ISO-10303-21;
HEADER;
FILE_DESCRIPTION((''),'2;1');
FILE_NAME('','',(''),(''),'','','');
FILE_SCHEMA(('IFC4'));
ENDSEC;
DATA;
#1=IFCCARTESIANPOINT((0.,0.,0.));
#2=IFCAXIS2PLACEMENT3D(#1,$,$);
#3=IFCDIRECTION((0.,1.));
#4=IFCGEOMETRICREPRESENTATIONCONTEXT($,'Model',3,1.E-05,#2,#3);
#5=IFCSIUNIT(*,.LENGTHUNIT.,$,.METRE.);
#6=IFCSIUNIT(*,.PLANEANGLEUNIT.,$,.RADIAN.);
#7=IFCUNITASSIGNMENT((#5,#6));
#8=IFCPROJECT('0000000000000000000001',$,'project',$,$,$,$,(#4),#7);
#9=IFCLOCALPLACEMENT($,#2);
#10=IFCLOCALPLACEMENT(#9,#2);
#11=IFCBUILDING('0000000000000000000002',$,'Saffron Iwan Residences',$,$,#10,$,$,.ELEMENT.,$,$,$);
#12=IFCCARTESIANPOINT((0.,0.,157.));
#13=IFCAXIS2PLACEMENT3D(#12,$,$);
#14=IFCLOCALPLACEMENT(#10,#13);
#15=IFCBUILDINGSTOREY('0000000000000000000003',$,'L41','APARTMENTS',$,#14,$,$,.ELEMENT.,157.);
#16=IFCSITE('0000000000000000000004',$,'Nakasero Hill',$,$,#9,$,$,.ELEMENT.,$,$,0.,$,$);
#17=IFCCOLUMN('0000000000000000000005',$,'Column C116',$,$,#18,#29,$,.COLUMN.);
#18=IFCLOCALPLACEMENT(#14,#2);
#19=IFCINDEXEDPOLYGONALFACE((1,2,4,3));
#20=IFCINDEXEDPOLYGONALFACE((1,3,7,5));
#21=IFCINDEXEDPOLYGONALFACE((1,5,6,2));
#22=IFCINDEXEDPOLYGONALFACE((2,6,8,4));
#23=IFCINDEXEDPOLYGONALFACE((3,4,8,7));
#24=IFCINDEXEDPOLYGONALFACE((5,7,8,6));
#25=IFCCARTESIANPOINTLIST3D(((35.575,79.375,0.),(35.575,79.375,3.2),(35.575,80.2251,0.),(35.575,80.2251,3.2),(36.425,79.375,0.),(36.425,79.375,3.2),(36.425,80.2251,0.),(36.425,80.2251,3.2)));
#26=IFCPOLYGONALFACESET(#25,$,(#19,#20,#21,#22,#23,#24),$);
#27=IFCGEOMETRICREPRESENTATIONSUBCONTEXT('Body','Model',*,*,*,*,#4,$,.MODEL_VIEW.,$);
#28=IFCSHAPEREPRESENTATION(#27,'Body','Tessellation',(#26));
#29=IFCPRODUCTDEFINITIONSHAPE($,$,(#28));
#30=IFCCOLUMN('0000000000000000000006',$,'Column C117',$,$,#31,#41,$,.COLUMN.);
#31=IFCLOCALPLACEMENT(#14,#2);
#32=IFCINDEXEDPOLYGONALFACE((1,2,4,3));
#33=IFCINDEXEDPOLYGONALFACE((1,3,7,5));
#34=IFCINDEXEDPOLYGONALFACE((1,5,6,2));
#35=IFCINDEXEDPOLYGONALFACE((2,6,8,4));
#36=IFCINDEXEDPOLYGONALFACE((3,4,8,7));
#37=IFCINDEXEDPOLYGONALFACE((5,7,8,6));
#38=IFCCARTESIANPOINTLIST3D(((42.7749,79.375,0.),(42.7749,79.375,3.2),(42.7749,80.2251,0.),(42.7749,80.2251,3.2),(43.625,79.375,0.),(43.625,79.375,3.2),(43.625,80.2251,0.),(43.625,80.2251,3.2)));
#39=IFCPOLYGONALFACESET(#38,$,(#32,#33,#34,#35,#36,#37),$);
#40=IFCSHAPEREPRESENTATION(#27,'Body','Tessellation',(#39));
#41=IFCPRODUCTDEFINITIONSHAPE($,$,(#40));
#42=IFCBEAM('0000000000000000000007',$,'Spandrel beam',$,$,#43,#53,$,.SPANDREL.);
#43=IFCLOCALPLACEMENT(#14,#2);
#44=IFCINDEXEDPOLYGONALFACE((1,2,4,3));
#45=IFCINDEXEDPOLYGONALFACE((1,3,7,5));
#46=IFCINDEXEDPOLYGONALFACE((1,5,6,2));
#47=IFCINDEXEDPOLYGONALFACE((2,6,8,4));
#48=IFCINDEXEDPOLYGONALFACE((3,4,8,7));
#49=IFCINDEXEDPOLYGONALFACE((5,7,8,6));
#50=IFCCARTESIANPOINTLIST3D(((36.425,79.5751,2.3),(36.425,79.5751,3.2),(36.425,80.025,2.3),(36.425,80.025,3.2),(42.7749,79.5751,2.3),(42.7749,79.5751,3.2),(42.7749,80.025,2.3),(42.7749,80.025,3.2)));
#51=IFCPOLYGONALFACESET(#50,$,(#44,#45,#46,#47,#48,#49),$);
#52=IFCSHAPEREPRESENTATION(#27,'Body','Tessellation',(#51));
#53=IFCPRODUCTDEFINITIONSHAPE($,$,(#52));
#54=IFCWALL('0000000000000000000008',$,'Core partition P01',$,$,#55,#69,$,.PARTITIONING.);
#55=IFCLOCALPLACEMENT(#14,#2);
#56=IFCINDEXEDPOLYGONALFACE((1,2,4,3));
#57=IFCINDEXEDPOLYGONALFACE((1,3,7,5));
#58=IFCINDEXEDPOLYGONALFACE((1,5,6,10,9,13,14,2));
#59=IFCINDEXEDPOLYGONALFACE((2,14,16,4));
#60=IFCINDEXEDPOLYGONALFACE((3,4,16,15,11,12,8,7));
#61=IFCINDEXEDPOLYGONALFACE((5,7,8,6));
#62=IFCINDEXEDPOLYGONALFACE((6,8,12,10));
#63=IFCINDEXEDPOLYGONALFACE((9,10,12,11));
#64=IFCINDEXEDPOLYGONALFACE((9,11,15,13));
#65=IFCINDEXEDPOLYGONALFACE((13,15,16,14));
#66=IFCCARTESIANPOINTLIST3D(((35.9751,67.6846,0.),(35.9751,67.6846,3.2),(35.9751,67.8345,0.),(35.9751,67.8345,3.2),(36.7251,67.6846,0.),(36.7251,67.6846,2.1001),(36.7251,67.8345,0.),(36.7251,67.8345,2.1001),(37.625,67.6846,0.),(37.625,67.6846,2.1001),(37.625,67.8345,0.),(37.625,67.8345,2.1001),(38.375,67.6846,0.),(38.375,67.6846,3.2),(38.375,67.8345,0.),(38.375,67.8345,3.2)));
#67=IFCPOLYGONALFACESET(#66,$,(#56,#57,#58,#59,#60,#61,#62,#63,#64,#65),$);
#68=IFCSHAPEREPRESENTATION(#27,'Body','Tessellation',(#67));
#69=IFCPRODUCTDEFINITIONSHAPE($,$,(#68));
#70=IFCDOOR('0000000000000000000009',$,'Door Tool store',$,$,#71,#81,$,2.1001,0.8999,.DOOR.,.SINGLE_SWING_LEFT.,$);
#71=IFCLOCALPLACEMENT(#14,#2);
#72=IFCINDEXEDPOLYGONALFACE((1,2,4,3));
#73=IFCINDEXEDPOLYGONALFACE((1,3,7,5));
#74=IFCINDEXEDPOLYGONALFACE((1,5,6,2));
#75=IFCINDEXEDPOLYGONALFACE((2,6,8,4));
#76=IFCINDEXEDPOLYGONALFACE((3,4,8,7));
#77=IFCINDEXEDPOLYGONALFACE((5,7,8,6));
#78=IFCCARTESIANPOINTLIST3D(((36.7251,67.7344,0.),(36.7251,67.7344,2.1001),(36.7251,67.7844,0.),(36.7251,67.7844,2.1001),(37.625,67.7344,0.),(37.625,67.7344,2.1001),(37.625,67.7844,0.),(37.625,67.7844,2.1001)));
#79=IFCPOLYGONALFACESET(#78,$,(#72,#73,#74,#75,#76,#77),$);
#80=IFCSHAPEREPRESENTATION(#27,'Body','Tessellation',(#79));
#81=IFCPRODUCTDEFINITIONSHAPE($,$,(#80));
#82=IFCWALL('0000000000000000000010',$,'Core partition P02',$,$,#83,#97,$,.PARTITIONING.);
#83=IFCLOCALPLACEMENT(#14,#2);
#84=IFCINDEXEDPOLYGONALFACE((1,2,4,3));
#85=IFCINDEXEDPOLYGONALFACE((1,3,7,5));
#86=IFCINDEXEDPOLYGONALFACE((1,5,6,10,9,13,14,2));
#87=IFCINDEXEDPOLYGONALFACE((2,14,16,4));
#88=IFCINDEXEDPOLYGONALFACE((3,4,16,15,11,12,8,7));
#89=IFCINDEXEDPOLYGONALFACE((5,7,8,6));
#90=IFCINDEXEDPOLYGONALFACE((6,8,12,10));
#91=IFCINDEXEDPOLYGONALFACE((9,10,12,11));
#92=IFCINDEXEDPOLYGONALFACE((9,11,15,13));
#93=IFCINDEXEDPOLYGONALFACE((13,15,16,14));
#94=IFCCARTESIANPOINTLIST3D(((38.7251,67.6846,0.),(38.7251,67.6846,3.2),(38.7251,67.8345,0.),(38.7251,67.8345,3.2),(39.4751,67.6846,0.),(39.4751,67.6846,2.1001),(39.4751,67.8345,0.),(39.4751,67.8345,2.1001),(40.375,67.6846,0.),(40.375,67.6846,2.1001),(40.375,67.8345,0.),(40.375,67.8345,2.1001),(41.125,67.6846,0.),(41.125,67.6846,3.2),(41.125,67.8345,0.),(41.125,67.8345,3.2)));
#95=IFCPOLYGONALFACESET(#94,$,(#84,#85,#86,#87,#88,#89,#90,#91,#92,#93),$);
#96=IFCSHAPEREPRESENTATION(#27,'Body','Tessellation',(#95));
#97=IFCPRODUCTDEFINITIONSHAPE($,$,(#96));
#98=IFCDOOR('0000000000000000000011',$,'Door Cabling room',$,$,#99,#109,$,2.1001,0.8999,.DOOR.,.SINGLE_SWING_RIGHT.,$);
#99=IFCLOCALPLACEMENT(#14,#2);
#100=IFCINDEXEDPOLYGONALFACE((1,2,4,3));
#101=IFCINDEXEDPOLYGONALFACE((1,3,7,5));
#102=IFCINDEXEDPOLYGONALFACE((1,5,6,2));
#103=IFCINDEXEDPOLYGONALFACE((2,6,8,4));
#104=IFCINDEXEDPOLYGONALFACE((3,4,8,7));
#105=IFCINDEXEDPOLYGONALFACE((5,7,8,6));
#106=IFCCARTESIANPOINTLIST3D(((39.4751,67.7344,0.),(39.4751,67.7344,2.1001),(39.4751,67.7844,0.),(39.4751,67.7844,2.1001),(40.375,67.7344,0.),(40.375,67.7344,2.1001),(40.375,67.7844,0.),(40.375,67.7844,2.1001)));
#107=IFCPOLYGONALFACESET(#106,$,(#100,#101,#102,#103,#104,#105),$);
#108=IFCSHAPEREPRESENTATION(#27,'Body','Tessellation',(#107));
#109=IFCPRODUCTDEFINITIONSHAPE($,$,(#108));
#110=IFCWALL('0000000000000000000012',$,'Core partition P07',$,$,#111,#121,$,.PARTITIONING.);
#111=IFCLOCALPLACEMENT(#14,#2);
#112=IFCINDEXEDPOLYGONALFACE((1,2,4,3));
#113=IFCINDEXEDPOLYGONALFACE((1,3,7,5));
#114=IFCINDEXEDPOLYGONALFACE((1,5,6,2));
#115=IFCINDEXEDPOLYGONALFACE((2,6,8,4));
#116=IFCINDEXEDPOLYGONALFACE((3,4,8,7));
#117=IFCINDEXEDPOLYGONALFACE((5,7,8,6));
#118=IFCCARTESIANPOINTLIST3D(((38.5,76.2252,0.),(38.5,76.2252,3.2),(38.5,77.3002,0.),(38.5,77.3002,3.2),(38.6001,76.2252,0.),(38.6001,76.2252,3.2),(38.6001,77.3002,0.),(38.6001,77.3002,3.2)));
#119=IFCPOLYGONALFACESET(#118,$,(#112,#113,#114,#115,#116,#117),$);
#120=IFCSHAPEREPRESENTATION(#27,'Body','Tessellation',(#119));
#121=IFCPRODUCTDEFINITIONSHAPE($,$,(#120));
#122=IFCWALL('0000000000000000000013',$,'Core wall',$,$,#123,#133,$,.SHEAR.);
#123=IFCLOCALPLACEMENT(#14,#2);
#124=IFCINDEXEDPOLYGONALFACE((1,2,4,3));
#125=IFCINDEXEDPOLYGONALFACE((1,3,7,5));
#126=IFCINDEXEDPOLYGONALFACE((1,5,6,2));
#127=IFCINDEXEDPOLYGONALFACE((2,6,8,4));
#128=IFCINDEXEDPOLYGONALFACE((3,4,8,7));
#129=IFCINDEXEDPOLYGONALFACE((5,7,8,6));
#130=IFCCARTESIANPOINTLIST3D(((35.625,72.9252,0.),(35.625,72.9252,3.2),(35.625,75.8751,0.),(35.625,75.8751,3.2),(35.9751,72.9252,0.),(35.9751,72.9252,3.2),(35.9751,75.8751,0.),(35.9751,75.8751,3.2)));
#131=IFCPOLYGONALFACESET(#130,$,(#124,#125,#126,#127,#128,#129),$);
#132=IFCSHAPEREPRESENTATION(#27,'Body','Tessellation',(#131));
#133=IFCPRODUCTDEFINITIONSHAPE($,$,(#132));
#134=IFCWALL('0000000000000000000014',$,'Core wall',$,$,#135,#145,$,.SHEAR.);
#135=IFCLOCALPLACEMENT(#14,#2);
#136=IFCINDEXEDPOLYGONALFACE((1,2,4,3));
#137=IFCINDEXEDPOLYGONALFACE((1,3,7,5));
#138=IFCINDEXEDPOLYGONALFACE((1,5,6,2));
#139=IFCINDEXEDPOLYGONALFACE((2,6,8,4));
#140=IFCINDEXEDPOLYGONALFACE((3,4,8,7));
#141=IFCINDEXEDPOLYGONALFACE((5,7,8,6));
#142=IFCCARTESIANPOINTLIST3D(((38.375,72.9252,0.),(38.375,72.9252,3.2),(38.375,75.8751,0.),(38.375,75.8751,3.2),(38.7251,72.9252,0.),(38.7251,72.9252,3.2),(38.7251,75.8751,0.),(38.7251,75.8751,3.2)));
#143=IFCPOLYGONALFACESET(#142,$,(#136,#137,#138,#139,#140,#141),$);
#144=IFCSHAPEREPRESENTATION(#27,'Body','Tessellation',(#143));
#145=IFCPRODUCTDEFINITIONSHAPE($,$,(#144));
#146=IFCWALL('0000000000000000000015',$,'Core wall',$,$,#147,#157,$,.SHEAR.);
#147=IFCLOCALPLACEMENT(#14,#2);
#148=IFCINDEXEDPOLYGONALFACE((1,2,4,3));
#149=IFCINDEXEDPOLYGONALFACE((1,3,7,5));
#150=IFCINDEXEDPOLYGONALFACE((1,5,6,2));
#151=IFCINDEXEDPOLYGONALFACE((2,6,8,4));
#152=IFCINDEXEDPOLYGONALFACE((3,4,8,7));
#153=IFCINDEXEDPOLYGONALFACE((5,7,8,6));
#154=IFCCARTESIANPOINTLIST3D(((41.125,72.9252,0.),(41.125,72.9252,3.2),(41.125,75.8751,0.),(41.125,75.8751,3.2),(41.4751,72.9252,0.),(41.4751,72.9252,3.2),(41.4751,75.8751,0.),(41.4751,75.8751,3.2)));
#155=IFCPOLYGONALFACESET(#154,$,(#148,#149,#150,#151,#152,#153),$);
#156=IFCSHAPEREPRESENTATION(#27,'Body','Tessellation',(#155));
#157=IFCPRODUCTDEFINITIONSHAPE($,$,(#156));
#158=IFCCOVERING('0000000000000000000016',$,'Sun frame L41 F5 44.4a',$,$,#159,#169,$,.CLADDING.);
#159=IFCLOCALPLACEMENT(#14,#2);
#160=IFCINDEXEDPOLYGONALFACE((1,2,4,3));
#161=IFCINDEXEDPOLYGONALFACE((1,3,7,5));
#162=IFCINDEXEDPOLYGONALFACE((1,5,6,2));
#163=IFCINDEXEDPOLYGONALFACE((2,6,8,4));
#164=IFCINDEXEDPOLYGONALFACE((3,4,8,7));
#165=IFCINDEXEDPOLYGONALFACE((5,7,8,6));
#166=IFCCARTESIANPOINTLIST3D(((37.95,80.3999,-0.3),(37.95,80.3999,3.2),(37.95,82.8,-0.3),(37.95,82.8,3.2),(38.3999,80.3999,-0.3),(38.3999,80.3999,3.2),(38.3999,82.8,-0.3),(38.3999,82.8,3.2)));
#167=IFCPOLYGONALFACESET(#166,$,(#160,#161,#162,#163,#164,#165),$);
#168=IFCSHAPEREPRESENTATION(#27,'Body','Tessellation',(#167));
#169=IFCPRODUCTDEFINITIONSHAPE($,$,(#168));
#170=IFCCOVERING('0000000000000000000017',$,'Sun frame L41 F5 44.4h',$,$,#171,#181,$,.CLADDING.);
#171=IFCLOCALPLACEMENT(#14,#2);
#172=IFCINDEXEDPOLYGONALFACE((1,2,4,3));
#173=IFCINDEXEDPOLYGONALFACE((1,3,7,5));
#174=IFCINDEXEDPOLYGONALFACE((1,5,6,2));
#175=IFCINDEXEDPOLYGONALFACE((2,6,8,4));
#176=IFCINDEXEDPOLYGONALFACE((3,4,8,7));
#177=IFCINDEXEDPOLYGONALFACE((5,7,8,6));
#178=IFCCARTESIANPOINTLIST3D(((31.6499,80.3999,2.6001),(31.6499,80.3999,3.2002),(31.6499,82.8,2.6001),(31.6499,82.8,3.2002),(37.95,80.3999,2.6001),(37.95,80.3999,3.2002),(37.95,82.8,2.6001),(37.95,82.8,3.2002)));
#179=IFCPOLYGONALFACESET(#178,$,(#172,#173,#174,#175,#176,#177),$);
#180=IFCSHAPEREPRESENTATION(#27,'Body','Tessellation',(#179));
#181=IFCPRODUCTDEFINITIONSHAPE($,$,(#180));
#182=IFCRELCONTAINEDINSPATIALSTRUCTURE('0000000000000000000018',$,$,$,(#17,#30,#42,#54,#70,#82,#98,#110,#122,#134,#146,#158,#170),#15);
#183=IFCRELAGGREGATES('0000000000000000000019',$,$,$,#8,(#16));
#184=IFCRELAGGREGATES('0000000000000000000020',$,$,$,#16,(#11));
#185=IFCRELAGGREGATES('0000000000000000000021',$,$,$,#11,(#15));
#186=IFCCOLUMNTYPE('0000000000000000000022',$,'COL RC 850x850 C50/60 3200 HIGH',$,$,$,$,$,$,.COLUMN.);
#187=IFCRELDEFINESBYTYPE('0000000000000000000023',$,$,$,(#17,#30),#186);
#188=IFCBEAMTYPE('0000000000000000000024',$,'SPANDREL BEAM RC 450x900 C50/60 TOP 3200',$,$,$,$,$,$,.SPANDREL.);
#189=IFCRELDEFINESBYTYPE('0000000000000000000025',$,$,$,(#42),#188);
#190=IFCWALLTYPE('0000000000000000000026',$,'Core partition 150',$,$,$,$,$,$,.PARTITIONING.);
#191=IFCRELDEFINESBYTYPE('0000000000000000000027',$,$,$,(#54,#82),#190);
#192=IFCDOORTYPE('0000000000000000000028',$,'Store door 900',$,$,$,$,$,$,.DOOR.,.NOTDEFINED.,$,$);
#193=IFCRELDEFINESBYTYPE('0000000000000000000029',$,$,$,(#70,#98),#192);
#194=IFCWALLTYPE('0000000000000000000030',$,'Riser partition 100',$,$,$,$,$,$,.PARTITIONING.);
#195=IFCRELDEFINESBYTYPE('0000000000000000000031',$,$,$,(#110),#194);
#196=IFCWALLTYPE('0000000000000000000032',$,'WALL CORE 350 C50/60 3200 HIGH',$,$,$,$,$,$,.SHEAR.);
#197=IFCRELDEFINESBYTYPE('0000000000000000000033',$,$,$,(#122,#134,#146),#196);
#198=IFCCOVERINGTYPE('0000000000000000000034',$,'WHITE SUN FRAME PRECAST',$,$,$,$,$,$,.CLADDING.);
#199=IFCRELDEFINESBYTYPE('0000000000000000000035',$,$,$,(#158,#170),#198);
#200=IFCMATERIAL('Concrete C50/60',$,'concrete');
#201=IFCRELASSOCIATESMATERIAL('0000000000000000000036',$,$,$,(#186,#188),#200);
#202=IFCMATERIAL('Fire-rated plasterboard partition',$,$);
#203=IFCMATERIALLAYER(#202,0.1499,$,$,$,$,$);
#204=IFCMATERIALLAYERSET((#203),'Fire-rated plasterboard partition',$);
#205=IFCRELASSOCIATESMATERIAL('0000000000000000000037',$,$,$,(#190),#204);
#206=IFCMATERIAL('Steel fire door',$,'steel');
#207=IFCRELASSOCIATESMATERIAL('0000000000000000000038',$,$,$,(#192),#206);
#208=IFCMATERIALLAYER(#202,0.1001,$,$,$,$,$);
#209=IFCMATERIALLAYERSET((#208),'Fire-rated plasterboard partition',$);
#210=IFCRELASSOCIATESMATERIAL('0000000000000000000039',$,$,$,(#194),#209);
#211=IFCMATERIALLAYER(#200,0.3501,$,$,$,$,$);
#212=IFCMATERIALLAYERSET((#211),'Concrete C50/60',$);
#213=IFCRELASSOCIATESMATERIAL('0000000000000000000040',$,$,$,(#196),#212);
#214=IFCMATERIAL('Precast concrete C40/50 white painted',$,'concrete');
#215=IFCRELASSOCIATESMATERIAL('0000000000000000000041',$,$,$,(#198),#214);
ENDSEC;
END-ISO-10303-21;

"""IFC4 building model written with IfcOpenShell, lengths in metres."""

from ifc_helpers import new_model, si_unit, direction, frame, frame_2d, origin, origin_2d, place, context, subcontext, project, spatial, polyline, rectangle, outline, extrude, source, transform, mapped, material, layer, layer_set, material_profile, profile_set, type_object, element, fill, save


model = new_model("IFC4")

# Units and contexts
model_context = context("Model", 3, precision=1e-05, world=origin(), true_north=direction((0.0, 1.0)))
body_context = subcontext(model_context, "Body", "Model", "MODEL_VIEW")
ifc_project = project(units=[si_unit("LENGTHUNIT", "METRE"), si_unit("PLANEANGLEUNIT", "RADIAN")], contexts=[model_context])

# Site, building, storey
site_placement = place(None, origin())
site = spatial("IfcSite", under=ifc_project, at=site_placement, Name="Nakasero Hill", CompositionType="ELEMENT", RefElevation=0.0)
building_placement = place(site_placement, origin())
building = spatial("IfcBuilding", under=site, at=building_placement, Name="Saffron Iwan Residences", CompositionType="ELEMENT")
storey_placement = place(building_placement, frame((0.0, 0.0, 157.0)))
storey = spatial("IfcBuildingStorey", under=building, at=storey_placement, Name="L41", Description="APARTMENTS", CompositionType="ELEMENT", Elevation=157.0)

# Columns
ifc_material_1 = material(Name="Concrete C50/60", Category="concrete")
ifc_material_profile_1 = material_profile(ifc_material_1, rectangle(XDim=0.8501, YDim=0.8501, at=origin_2d()), Name="RC 850x850")
ifc_profile_set_1 = profile_set([ifc_material_profile_1], Name="Concrete C50/60")
column_type = type_object("IfcColumnType", Name="COL RC 850x850 C50/60 3200 HIGH", PredefinedType="COLUMN", material=ifc_profile_set_1)
shared_shape_1 = source(origin(), body_context, "Body", "SweptSolid", [
    extrude(rectangle(XDim=0.8501, YDim=0.8501, at=origin_2d()), origin(), (0.0, 0.0, 1.0), 3.2),
])
for number, where, z_axis, x_axis, name in (
    (1, (36.0, 79.8, 0.0), (0.0, 0.0, 1.0), (1.0, 0.0, 0.0), "Column C116"),
    (2, (43.2, 79.8, 0.0), (0.0, 0.0, 1.0), (1.0, 0.0, 0.0), "Column C117"),
):
    element("IfcColumn", number, at=place(storey_placement, frame(where, z_axis=z_axis, x_axis=x_axis)), inside=storey, type_object=column_type, Name=name, PredefinedType="COLUMN", context=body_context, shape_type="MappedRepresentation", body=[
        mapped(shared_shape_1, transform((0.0, 0.0, 0.0))),
    ])

# Beam
ifc_material_profile_2 = material_profile(ifc_material_1, rectangle(XDim=0.45, YDim=0.8999, at=origin_2d()), Name="RC 450x900")
ifc_profile_set_2 = profile_set([ifc_material_profile_2], Name="Concrete C50/60")
beam_type = type_object("IfcBeamType", Name="SPANDREL BEAM RC 450x900 C50/60 TOP 3200", PredefinedType="SPANDREL", material=ifc_profile_set_2)
shared_shape_2 = source(origin(), body_context, "Body", "SweptSolid", [
    extrude(rectangle(XDim=0.45, YDim=0.8999, at=origin_2d()), origin(), (0.0, 0.0, 1.0), 6.3499),
])
beam_placement = place(storey_placement, frame((36.425, 79.8, 2.75), z_axis=(1.0, 0.0, 0.0), x_axis=(0.0, 1.0, 0.0)))
element("IfcBeam", 3, at=beam_placement, inside=storey, type_object=beam_type, Name="Spandrel beam", PredefinedType="SPANDREL", context=body_context, shape_type="MappedRepresentation", body=[
    mapped(shared_shape_2, transform((0.0, 0.0, 0.0))),
])

# Walls, openings, doors
ifc_material_2 = material(Name="Fire-rated plasterboard partition")
ifc_layer_1 = layer(ifc_material_2, 0.1499)
ifc_layer_set_1 = layer_set([ifc_layer_1], Name="Fire-rated plasterboard partition")
wall_type_1 = type_object("IfcWallType", Name="Core partition 150", PredefinedType="PARTITIONING", material=ifc_layer_set_1)
wall_1_placement = place(storey_placement, frame((35.9751, 67.7595, 0.0), z_axis=(0.0, 0.0, 1.0), x_axis=(1.0, 0.0, 0.0)))
wall_1 = element("IfcWall", 4, at=wall_1_placement, inside=storey, type_object=wall_type_1, Name="Core partition P01", PredefinedType="PARTITIONING", context=body_context, shape_type="SweptSolid", body=[
    extrude(rectangle(XDim=2.3999, YDim=0.1499, at=frame_2d((1.2, 0.0))), origin(), (0.0, 0.0, 1.0), 3.2),
])
opening_1_placement = place(wall_1_placement, frame((0.75, 0.0, 0.0)))
opening_1 = element("IfcOpeningElement", 5, at=opening_1_placement, cuts=wall_1, PredefinedType="OPENING", context=body_context, shape_type="SweptSolid", body=[
    extrude(rectangle(XDim=0.8999, YDim=2.1001, at=frame_2d((0.45, 1.05))), frame((0.0, 0.085, 0.0), z_axis=(0.0, -1.0, 0.0), x_axis=(1.0, 0.0, 0.0)), (0.0, 0.0, 1.0), 0.1699),
])
ifc_material_3 = material(Name="Steel fire door", Category="steel")
door_type = type_object("IfcDoorType", Name="Store door 900", OperationType="NOTDEFINED", PredefinedType="DOOR", material=ifc_material_3)
door_1_placement = place(opening_1_placement, origin())
door_1 = element("IfcDoor", 6, at=door_1_placement, inside=storey, type_object=door_type, Name="Door Tool store", OperationType="SINGLE_SWING_LEFT", OverallHeight=2.1001, OverallWidth=0.8999, PredefinedType="DOOR", context=body_context, shape_type="SweptSolid", body=[
    extrude(rectangle(XDim=0.8999, YDim=2.1001, at=frame_2d((0.45, 1.05))), frame((0.0, 0.0249, 0.0), z_axis=(0.0, -1.0, 0.0), x_axis=(1.0, 0.0, 0.0)), (0.0, 0.0, 1.0), 0.05),
])
fill(opening_1, door_1)
wall_2_placement = place(storey_placement, frame((38.7251, 67.7595, 0.0), z_axis=(0.0, 0.0, 1.0), x_axis=(1.0, 0.0, 0.0)))
wall_2 = element("IfcWall", 7, at=wall_2_placement, inside=storey, type_object=wall_type_1, Name="Core partition P02", PredefinedType="PARTITIONING", context=body_context, shape_type="SweptSolid", body=[
    extrude(rectangle(XDim=2.3999, YDim=0.1499, at=frame_2d((1.2, 0.0))), origin(), (0.0, 0.0, 1.0), 3.2),
])
opening_2_placement = place(wall_2_placement, frame((0.75, 0.0, 0.0)))
opening_2 = element("IfcOpeningElement", 8, at=opening_2_placement, cuts=wall_2, PredefinedType="OPENING", context=body_context, shape_type="SweptSolid", body=[
    extrude(rectangle(XDim=0.8999, YDim=2.1001, at=frame_2d((0.45, 1.05))), frame((0.0, 0.085, 0.0), z_axis=(0.0, -1.0, 0.0), x_axis=(1.0, 0.0, 0.0)), (0.0, 0.0, 1.0), 0.1699),
])
door_2_placement = place(opening_2_placement, origin())
door_2 = element("IfcDoor", 9, at=door_2_placement, inside=storey, type_object=door_type, Name="Door Cabling room", OperationType="SINGLE_SWING_RIGHT", OverallHeight=2.1001, OverallWidth=0.8999, PredefinedType="DOOR", context=body_context, shape_type="SweptSolid", body=[
    extrude(rectangle(XDim=0.8999, YDim=2.1001, at=frame_2d((0.45, 1.05))), frame((0.0, 0.0249, 0.0), z_axis=(0.0, -1.0, 0.0), x_axis=(1.0, 0.0, 0.0)), (0.0, 0.0, 1.0), 0.05),
])
fill(opening_2, door_2)

# Walls
ifc_layer_2 = layer(ifc_material_2, 0.1001)
ifc_layer_set_2 = layer_set([ifc_layer_2], Name="Fire-rated plasterboard partition")
wall_type_2 = type_object("IfcWallType", Name="Riser partition 100", PredefinedType="PARTITIONING", material=ifc_layer_set_2)
wall_3_placement = place(storey_placement, frame((38.55, 76.2251, 0.0), z_axis=(0.0, 0.0, 1.0), x_axis=(0.0, 1.0, 0.0)))
element("IfcWall", 10, at=wall_3_placement, inside=storey, type_object=wall_type_2, Name="Core partition P07", PredefinedType="PARTITIONING", context=body_context, shape_type="SweptSolid", body=[
    extrude(rectangle(XDim=1.075, YDim=0.1001, at=frame_2d((0.5376, 0.0))), origin(), (0.0, 0.0, 1.0), 3.2),
])
ifc_layer_3 = layer(ifc_material_1, 0.3501)
ifc_layer_set_3 = layer_set([ifc_layer_3], Name="Concrete C50/60")
wall_type_3 = type_object("IfcWallType", Name="WALL CORE 350 C50/60 3200 HIGH", PredefinedType="SHEAR", material=ifc_layer_set_3)
for number, where, z_axis, x_axis, name in (
    (11, (35.8, 72.925, 0.0), (0.0, 0.0, 1.0), (0.0, 1.0, 0.0), "Core wall"),
    (12, (38.55, 72.925, 0.0), (0.0, 0.0, 1.0), (0.0, 1.0, 0.0), "Core wall"),
    (13, (41.3, 72.925, 0.0), (0.0, 0.0, 1.0), (0.0, 1.0, 0.0), "Core wall"),
):
    element("IfcWall", number, at=place(storey_placement, frame(where, z_axis=z_axis, x_axis=x_axis)), inside=storey, type_object=wall_type_3, Name=name, PredefinedType="SHEAR", context=body_context, shape_type="SweptSolid", body=[
        extrude(rectangle(XDim=2.95, YDim=0.3501, at=frame_2d((1.4751, 0.0))), origin(), (0.0, 0.0, 1.0), 3.2),
    ])

# Coverings
ifc_material_4 = material(Name="Precast concrete C40/50 white painted", Category="concrete")
covering_type = type_object("IfcCoveringType", Name="WHITE SUN FRAME PRECAST", PredefinedType="CLADDING", material=ifc_material_4)
covering_placement = place(storey_placement, frame((38.3999, 80.3999, -0.3), z_axis=(0.0, 1.0, 0.0), x_axis=(-1.0, 0.0, 0.0)))
element("IfcCovering", 14, at=covering_placement, inside=storey, type_object=covering_type, Name="Sun frame L41 F5 44.4a", PredefinedType="CLADDING", context=body_context, shape_type="SweptSolid", body=[
    extrude(outline(polyline([(0.0, 0.0), (0.45, 0.0), (0.45, 3.5), (0.0, 3.5), (0.0, 0.0)])), origin(), (0.0, 0.0, 1.0), 2.4001),
])
for number, where, z_axis, x_axis, name in (
    (15, (37.95, 80.3999, 2.6001), (0.0, 1.0, 0.0), (-1.0, 0.0, 0.0), "Sun frame L41 F5 44.4h"),
):
    element("IfcCovering", number, at=place(storey_placement, frame(where, z_axis=z_axis, x_axis=x_axis)), inside=storey, type_object=covering_type, Name=name, PredefinedType="CLADDING", context=body_context, shape_type="SweptSolid", body=[
        extrude(outline(polyline([(0.0, 0.0), (6.3, 0.0), (6.3, 0.6001), (0.0, 0.6001), (0.0, 0.0)])), origin(), (0.0, 0.0, 1.0), 2.4001),
    ])

save(model, "model.ifc")
